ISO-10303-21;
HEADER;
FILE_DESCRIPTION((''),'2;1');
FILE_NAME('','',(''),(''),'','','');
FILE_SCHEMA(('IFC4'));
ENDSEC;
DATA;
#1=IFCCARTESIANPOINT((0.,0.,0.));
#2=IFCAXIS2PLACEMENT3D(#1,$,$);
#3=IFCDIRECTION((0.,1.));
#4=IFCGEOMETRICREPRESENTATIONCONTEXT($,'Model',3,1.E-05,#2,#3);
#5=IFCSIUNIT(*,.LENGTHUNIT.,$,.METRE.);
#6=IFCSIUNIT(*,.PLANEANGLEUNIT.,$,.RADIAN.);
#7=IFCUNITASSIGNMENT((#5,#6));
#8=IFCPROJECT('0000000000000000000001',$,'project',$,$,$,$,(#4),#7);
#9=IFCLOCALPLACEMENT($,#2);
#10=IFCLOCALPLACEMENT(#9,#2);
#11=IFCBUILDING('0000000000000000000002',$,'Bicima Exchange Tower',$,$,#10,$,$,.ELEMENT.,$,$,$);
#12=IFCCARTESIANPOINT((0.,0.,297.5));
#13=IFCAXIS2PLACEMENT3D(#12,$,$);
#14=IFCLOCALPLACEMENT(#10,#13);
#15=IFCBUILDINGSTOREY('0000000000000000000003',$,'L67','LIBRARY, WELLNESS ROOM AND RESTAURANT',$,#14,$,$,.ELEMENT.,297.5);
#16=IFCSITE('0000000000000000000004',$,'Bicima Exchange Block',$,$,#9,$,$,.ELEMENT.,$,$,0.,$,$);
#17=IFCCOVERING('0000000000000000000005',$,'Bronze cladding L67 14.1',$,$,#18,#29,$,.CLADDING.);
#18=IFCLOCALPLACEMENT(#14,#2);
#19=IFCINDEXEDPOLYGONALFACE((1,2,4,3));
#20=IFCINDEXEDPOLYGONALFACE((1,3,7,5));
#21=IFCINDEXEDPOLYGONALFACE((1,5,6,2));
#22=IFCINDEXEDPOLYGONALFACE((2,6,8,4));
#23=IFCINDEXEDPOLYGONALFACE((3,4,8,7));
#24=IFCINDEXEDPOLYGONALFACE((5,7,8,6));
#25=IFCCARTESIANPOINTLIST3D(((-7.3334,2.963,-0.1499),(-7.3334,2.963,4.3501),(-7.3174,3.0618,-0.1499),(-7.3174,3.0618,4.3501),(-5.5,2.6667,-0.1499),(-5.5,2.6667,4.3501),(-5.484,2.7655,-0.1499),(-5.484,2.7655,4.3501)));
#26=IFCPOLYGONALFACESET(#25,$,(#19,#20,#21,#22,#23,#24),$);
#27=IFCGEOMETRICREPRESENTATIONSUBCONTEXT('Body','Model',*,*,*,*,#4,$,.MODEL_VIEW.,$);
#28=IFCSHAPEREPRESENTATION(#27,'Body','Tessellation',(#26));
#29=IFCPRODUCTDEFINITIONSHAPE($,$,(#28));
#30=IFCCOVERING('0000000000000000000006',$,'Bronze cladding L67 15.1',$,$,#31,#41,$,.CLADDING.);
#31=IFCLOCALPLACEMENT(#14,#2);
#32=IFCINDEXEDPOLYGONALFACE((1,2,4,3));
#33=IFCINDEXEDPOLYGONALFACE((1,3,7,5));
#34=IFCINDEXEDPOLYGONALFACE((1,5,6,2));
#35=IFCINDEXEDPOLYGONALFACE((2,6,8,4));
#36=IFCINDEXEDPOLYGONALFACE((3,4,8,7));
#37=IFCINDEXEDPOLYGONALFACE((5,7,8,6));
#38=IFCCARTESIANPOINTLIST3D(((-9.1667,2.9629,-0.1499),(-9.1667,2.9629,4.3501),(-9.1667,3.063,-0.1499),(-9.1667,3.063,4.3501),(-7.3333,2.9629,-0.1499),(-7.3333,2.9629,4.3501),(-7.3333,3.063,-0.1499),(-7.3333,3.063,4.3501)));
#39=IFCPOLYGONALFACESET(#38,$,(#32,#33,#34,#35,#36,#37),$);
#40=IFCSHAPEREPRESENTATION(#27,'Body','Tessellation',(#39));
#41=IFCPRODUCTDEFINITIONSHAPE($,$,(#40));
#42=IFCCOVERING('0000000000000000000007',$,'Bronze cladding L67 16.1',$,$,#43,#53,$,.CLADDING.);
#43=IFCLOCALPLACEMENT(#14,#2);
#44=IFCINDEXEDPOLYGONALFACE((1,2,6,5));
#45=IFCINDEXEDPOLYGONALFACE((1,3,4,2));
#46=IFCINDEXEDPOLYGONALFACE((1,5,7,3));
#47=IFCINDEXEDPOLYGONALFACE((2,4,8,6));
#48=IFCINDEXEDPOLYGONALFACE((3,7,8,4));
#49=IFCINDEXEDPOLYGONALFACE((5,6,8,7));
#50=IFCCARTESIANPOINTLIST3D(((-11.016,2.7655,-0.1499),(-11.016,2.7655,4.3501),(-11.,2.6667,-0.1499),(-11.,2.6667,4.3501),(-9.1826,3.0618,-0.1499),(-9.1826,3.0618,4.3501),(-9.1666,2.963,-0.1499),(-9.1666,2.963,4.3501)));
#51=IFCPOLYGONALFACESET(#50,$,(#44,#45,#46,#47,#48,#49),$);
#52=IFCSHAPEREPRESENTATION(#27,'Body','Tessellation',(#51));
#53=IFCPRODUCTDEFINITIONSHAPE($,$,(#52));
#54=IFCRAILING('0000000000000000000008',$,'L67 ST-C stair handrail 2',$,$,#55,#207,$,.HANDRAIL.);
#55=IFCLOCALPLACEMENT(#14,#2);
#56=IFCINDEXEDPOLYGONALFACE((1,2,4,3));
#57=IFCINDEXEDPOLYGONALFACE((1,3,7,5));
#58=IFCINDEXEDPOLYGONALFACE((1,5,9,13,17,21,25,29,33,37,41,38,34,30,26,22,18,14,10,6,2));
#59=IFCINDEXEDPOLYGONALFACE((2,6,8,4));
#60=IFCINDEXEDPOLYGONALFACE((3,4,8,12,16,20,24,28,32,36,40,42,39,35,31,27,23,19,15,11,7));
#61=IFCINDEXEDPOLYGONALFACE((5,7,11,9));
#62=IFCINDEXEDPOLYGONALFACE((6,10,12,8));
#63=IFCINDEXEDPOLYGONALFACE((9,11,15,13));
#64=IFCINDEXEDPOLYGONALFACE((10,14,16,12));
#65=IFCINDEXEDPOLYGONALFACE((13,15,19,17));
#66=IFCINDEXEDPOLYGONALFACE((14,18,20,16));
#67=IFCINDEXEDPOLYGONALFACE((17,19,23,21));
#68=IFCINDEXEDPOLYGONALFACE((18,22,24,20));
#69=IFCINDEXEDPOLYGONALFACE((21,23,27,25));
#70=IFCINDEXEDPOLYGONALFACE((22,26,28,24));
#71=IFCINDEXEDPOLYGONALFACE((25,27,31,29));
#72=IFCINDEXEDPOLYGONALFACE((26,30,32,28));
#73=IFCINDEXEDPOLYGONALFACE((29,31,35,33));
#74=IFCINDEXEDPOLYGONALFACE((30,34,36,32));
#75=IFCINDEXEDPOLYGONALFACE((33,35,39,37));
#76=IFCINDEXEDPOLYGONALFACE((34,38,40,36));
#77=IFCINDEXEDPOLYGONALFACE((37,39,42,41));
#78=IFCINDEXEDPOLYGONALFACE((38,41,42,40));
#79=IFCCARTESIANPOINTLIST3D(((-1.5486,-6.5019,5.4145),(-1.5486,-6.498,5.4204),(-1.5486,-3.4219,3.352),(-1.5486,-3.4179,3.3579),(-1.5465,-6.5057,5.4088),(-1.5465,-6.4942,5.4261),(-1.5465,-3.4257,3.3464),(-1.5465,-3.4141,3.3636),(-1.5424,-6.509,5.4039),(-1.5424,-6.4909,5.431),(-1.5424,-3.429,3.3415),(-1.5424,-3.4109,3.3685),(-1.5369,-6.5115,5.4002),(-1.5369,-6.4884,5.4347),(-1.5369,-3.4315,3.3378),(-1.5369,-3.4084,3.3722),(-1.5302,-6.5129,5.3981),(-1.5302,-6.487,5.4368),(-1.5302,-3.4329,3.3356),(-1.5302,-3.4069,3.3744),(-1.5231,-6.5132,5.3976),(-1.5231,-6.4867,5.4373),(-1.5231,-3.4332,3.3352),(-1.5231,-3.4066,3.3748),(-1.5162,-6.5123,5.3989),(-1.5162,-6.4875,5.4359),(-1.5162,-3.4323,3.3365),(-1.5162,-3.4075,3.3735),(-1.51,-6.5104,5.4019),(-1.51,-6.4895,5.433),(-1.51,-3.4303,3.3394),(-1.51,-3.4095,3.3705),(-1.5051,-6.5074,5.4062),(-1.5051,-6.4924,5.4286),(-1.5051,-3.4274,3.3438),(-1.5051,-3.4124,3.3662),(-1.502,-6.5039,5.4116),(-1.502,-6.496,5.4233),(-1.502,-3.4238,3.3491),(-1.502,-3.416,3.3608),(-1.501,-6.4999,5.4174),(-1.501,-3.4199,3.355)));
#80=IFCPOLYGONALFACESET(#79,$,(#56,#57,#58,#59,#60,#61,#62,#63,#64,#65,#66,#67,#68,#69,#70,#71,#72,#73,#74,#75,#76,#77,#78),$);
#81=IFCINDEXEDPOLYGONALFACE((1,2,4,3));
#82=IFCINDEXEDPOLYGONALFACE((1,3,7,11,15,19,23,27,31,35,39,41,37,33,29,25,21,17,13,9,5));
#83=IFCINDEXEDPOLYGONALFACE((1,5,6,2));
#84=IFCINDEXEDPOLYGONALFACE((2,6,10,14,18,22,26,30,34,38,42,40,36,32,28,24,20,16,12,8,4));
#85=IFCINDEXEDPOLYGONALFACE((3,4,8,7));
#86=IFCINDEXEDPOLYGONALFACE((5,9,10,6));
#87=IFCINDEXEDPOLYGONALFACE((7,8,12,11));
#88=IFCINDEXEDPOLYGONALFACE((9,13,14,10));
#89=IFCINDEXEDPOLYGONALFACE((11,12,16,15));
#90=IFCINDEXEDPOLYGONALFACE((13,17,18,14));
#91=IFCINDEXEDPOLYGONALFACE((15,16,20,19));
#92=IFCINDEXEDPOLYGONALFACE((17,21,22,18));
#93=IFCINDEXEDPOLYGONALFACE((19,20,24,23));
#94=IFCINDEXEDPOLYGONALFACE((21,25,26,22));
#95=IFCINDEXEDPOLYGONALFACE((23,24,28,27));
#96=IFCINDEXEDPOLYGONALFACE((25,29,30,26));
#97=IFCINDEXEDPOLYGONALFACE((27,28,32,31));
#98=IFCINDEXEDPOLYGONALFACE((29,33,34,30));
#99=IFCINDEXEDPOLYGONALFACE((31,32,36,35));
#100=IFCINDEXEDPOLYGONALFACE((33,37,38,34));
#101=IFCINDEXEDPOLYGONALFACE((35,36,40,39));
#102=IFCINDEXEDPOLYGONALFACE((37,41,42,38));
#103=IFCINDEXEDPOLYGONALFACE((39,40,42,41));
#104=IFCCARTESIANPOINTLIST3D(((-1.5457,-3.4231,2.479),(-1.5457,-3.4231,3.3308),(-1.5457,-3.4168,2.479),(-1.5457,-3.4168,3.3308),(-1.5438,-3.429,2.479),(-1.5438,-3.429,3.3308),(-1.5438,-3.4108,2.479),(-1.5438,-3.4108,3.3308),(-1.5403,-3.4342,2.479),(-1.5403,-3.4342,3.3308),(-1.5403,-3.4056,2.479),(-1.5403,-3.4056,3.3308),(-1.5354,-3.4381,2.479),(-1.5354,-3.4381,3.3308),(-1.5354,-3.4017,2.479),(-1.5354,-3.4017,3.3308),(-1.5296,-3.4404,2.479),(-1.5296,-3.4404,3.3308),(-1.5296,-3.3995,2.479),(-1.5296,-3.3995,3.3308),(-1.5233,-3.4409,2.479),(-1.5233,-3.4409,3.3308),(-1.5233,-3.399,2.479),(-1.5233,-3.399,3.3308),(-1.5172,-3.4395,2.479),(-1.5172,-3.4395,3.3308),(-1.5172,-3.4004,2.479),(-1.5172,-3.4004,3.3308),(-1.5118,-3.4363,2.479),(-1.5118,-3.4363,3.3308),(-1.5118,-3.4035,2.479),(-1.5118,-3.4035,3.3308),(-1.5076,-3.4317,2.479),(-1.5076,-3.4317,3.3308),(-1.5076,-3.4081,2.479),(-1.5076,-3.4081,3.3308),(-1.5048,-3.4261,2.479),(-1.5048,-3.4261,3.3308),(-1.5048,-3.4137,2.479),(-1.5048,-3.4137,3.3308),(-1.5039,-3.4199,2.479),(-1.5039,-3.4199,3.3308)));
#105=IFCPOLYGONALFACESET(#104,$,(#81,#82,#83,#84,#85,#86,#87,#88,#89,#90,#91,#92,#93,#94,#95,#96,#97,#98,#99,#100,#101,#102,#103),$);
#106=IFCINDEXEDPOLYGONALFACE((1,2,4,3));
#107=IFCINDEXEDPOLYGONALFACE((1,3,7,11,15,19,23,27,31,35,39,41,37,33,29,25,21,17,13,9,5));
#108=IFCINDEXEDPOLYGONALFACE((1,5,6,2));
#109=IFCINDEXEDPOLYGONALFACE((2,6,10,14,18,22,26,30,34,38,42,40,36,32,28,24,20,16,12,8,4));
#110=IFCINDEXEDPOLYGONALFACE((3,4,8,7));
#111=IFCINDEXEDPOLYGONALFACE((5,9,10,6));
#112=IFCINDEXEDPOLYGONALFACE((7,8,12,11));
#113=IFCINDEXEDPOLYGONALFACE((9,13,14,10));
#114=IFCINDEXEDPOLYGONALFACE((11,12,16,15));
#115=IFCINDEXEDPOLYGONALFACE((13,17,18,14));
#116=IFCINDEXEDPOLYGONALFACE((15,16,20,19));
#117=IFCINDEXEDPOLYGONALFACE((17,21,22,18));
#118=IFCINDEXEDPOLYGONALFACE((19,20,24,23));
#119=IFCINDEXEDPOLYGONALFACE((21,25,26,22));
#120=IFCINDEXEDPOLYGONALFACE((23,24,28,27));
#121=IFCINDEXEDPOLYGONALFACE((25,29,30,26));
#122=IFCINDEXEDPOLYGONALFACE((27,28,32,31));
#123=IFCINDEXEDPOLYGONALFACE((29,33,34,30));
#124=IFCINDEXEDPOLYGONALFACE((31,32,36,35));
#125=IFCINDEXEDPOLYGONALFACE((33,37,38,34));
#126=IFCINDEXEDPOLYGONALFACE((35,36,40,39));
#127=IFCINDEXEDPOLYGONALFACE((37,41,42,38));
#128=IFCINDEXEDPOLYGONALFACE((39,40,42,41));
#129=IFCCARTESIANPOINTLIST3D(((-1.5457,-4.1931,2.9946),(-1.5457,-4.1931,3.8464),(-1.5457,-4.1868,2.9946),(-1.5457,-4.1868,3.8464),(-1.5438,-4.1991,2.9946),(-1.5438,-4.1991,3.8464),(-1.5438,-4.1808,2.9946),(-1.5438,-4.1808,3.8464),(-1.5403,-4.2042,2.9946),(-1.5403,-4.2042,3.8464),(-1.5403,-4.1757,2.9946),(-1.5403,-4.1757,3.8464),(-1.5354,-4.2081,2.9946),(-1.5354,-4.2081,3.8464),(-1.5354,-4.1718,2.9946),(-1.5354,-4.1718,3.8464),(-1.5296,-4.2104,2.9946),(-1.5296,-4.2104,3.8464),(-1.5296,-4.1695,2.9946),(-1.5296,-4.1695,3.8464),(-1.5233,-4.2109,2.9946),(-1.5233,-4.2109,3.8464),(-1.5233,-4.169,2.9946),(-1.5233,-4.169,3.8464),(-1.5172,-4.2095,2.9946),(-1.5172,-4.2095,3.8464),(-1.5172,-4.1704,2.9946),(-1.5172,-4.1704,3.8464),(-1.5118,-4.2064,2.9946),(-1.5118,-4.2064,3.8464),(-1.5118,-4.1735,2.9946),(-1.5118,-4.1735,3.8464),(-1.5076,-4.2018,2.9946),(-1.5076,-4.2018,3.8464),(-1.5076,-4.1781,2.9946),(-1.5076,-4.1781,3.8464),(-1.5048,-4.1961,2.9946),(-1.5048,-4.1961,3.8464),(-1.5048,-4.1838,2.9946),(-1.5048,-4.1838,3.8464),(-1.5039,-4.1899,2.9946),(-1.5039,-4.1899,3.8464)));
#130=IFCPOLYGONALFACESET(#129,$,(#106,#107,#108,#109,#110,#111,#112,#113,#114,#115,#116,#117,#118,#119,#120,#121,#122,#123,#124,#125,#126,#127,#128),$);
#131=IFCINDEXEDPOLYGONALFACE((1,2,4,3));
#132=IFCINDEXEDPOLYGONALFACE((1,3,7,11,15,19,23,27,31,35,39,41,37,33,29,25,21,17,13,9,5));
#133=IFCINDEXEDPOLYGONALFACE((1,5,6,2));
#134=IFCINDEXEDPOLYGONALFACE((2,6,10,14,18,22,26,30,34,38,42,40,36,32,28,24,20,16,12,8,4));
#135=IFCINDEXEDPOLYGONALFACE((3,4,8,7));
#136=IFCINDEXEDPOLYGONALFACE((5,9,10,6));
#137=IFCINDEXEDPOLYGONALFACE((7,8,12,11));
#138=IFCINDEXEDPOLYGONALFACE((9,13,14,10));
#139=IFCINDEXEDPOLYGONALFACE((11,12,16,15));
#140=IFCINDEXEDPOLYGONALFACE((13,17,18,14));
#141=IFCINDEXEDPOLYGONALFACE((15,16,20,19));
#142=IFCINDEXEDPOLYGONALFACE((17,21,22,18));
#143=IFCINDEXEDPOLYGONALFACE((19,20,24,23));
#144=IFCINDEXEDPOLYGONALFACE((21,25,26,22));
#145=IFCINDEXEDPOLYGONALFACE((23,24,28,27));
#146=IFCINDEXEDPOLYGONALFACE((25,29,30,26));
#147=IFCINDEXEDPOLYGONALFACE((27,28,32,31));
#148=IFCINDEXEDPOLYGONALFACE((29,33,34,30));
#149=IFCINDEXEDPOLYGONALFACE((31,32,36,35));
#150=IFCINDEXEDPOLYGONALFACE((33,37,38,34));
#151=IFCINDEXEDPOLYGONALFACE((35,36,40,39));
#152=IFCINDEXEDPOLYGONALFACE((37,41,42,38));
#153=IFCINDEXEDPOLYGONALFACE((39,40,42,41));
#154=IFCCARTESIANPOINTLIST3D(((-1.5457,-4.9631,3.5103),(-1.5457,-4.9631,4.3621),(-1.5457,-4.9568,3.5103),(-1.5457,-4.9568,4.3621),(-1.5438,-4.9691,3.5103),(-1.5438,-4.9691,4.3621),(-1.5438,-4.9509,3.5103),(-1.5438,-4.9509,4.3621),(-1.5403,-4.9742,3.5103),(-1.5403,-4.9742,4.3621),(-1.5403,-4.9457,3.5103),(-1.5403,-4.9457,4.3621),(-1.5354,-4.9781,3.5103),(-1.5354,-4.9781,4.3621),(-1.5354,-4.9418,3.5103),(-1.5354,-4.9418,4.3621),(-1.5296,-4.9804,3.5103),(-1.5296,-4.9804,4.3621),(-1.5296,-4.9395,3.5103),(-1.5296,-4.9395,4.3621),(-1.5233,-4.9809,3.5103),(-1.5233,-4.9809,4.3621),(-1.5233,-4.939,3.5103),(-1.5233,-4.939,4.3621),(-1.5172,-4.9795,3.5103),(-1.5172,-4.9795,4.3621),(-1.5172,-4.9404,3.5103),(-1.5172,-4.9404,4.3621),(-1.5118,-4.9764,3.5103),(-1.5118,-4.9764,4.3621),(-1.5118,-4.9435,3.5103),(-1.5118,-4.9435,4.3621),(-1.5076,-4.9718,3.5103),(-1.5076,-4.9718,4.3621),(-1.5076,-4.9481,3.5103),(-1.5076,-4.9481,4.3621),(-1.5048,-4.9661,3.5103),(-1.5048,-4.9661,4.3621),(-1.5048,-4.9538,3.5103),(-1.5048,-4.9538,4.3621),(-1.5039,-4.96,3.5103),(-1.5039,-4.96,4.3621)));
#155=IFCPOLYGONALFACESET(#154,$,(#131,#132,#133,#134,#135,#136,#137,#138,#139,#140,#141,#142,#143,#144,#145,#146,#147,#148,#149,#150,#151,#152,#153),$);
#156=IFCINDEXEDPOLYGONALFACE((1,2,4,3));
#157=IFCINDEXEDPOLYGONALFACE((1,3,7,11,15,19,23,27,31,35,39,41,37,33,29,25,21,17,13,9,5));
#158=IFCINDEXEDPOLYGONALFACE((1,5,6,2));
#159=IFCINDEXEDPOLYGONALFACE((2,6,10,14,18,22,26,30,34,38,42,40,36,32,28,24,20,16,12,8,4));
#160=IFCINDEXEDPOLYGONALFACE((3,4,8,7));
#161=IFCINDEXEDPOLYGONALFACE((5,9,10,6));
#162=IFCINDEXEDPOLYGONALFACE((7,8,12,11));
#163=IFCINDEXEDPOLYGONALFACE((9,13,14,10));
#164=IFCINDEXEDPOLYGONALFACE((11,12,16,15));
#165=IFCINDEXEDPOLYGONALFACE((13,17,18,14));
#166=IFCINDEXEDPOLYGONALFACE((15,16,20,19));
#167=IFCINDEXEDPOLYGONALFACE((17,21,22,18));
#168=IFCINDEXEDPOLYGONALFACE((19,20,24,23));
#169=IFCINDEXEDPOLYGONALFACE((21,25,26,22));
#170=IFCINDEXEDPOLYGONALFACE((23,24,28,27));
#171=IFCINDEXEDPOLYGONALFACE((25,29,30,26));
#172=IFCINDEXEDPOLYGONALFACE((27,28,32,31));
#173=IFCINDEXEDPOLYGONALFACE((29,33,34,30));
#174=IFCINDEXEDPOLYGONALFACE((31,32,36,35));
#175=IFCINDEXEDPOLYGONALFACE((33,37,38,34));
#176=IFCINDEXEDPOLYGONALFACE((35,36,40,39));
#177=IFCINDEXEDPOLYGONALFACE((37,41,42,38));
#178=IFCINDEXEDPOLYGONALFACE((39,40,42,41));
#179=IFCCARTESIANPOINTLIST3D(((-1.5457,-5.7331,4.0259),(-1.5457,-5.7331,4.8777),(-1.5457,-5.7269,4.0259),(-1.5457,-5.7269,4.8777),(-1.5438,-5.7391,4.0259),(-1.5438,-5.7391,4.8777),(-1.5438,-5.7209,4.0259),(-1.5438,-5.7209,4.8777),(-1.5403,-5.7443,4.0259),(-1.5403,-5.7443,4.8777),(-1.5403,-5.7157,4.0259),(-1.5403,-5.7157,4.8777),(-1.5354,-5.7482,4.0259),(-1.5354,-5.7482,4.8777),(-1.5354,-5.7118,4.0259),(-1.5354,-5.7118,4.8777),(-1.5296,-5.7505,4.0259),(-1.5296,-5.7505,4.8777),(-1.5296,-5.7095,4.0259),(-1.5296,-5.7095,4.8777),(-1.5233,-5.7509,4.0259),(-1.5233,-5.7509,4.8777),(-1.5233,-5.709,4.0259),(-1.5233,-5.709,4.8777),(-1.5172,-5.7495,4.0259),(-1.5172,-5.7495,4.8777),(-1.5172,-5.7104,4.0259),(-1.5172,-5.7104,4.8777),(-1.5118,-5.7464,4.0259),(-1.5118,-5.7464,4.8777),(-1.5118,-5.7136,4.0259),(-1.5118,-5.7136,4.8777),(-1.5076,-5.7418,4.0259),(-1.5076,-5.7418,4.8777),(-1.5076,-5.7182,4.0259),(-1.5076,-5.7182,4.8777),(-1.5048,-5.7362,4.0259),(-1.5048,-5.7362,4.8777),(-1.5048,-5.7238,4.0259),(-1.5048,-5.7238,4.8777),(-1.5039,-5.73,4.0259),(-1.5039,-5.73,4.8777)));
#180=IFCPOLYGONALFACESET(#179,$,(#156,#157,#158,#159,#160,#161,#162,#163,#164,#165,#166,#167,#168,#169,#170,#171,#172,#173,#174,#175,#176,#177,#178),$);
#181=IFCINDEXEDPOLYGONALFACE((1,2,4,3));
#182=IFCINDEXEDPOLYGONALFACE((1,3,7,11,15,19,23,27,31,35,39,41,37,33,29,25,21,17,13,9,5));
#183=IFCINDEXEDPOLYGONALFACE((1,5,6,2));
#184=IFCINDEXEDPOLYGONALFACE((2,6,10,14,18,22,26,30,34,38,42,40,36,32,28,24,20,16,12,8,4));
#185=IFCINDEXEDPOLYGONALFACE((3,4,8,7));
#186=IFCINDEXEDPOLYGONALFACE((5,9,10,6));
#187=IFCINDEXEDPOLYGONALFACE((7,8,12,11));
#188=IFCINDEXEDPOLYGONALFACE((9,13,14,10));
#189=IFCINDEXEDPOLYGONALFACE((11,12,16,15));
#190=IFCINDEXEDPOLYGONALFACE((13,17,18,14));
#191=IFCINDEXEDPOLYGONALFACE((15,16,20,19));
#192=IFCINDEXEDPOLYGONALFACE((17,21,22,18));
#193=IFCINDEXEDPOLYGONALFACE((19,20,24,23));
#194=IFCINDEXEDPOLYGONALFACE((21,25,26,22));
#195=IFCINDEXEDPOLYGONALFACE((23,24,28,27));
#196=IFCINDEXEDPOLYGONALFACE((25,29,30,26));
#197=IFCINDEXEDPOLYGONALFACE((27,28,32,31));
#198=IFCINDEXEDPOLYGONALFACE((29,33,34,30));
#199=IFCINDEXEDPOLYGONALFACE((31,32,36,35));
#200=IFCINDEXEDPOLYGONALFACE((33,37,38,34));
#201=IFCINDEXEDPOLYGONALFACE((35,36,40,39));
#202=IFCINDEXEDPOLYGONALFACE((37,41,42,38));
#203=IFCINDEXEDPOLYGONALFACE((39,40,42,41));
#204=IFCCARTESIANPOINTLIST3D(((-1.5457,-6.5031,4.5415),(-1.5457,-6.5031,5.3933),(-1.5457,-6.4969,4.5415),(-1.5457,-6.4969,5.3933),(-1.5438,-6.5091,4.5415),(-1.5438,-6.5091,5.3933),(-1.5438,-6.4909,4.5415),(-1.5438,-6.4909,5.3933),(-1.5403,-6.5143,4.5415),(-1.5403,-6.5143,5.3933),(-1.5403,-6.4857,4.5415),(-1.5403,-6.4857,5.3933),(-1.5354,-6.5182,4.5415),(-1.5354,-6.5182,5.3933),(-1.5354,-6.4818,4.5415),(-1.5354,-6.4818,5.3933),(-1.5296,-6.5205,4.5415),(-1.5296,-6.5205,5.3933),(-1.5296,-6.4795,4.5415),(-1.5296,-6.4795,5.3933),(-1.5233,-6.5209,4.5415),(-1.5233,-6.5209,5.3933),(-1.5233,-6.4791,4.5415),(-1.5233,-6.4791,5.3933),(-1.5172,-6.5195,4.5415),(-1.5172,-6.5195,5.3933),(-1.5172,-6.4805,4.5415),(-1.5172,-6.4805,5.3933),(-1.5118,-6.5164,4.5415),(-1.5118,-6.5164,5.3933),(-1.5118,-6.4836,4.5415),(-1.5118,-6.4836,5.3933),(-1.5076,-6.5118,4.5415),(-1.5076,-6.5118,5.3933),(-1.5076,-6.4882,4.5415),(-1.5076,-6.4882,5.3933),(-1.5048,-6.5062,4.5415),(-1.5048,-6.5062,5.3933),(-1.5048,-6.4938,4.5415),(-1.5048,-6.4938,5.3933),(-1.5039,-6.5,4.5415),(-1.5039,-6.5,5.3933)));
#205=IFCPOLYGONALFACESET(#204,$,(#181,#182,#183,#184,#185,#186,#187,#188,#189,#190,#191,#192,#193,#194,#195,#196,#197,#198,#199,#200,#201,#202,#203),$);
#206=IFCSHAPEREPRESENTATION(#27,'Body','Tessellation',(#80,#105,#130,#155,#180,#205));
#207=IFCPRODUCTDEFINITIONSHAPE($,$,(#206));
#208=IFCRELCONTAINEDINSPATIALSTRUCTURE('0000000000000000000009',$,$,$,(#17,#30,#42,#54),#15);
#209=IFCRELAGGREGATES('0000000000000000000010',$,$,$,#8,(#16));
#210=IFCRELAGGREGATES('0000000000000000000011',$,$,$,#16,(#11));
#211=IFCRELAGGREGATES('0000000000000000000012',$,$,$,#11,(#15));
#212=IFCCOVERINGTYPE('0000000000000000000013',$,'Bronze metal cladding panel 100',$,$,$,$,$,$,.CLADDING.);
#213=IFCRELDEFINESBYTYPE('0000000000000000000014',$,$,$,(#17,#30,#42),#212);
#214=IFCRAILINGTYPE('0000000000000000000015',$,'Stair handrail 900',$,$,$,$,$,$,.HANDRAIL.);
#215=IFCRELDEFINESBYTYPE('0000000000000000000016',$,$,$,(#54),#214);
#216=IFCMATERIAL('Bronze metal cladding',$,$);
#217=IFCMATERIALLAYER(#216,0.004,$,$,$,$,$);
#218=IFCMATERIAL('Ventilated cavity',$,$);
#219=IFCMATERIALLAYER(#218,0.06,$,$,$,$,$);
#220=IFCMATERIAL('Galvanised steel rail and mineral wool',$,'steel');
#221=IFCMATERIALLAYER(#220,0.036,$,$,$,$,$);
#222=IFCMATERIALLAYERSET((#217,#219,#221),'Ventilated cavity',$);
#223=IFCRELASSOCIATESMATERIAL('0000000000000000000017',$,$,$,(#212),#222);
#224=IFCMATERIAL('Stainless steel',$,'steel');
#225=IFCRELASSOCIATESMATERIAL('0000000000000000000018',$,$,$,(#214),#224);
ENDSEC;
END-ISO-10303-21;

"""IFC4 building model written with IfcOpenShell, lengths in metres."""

from ifc_helpers import new_model, si_unit, direction, frame, origin, origin_2d, place, context, subcontext, project, spatial, rectangle, circle, extrude, material, layer, layer_set, type_object, element, save


model = new_model("IFC4")

# Units and contexts
model_context = context("Model", 3, precision=1e-05, world=origin(), true_north=direction((0.0, 1.0)))
body_context = subcontext(model_context, "Body", "Model", "MODEL_VIEW")
ifc_project = project(units=[si_unit("LENGTHUNIT", "METRE"), si_unit("PLANEANGLEUNIT", "RADIAN")], contexts=[model_context])

# Site, building, storey
site_placement = place(None, origin())
site = spatial("IfcSite", under=ifc_project, at=site_placement, Name="Bicima Exchange Block", CompositionType="ELEMENT", RefElevation=0.0)
building_placement = place(site_placement, origin())
building = spatial("IfcBuilding", under=site, at=building_placement, Name="Bicima Exchange Tower", CompositionType="ELEMENT")
storey_placement = place(building_placement, frame((0.0, 0.0, 297.5)))
storey = spatial("IfcBuildingStorey", under=building, at=storey_placement, Name="L67", Description="LIBRARY, WELLNESS ROOM AND RESTAURANT", CompositionType="ELEMENT", Elevation=297.5)

# Coverings
ifc_material_1 = material(Name="Bronze metal cladding")
ifc_layer_1 = layer(ifc_material_1, 0.004)
ifc_material_2 = material(Name="Ventilated cavity")
ifc_layer_2 = layer(ifc_material_2, 0.06)
ifc_material_3 = material(Name="Galvanised steel rail and mineral wool", Category="steel")
ifc_layer_3 = layer(ifc_material_3, 0.036)
ifc_layer_set_1 = layer_set([ifc_layer_1, ifc_layer_2, ifc_layer_3], Name="Ventilated cavity")
covering_type = type_object("IfcCoveringType", Name="Bronze metal cladding panel 100", PredefinedType="CLADDING", material=ifc_layer_set_1)
covering_1_placement = place(storey_placement, frame((-6.4087, 2.8643, -0.1499), z_axis=(0.0, 0.0, 1.0), x_axis=(-0.98719, 0.15955, 0.0)))
element("IfcCovering", 1, at=covering_1_placement, inside=storey, type_object=covering_type, Name="Bronze cladding L67 14.1", PredefinedType="CLADDING", context=body_context, shape_type="SweptSolid", body=[
    extrude(rectangle(XDim=1.8572, YDim=0.1001, at=origin_2d()), origin(), (0.0, 0.0, 1.0), 4.5),
])
covering_2_placement = place(storey_placement, frame((-8.25, 3.0129, -0.1499), z_axis=(0.0, 0.0, 1.0), x_axis=(-1.0, 0.0, 0.0)))
element("IfcCovering", 2, at=covering_2_placement, inside=storey, type_object=covering_type, Name="Bronze cladding L67 15.1", PredefinedType="CLADDING", context=body_context, shape_type="SweptSolid", body=[
    extrude(rectangle(XDim=1.8335, YDim=0.1001, at=origin_2d()), origin(), (0.0, 0.0, 1.0), 4.5),
])
covering_3_placement = place(storey_placement, frame((-10.0913, 2.8643, -0.1499), z_axis=(0.0, 0.0, 1.0), x_axis=(-0.98719, -0.15955, 0.0)))
element("IfcCovering", 3, at=covering_3_placement, inside=storey, type_object=covering_type, Name="Bronze cladding L67 16.1", PredefinedType="CLADDING", context=body_context, shape_type="SweptSolid", body=[
    extrude(rectangle(XDim=1.8572, YDim=0.1001, at=origin_2d()), origin(), (0.0, 0.0, 1.0), 4.5),
])

# Railing
ifc_material_4 = material(Name="Stainless steel", Category="steel")
railing_type = type_object("IfcRailingType", Name="Stair handrail 900", PredefinedType="HANDRAIL", material=ifc_material_4)
railing_placement = place(storey_placement, frame((-1.5249, -3.4199, 2.479)))
element("IfcRailing", 4, at=railing_placement, inside=storey, type_object=railing_type, Name="L67 ST-C stair handrail 2", PredefinedType="HANDRAIL", context=body_context, shape_type="SweptSolid", body=[
    extrude(circle(Radius=0.0239, at=origin_2d()), frame((0.0, 0.0, 0.876), z_axis=(0.0, -0.830914, 0.556401), x_axis=(1.0, 0.0, 0.0)), (0.0, 0.0, 1.0), 3.7068),
    extrude(circle(Radius=0.021, at=origin_2d()), origin(), (0.0, 0.0, 1.0), 0.8518),
    extrude(circle(Radius=0.021, at=origin_2d()), frame((0.0, -0.77, 0.5156)), (0.0, 0.0, 1.0), 0.8518),
    extrude(circle(Radius=0.021, at=origin_2d()), frame((0.0, -1.54, 1.0312)), (0.0, 0.0, 1.0), 0.8518),
    extrude(circle(Radius=0.021, at=origin_2d()), frame((0.0, -2.3101, 1.5469)), (0.0, 0.0, 1.0), 0.8518),
    extrude(circle(Radius=0.021, at=origin_2d()), frame((0.0, -3.0801, 2.0625)), (0.0, 0.0, 1.0), 0.8518),
])

save(model, "model.ifc")
